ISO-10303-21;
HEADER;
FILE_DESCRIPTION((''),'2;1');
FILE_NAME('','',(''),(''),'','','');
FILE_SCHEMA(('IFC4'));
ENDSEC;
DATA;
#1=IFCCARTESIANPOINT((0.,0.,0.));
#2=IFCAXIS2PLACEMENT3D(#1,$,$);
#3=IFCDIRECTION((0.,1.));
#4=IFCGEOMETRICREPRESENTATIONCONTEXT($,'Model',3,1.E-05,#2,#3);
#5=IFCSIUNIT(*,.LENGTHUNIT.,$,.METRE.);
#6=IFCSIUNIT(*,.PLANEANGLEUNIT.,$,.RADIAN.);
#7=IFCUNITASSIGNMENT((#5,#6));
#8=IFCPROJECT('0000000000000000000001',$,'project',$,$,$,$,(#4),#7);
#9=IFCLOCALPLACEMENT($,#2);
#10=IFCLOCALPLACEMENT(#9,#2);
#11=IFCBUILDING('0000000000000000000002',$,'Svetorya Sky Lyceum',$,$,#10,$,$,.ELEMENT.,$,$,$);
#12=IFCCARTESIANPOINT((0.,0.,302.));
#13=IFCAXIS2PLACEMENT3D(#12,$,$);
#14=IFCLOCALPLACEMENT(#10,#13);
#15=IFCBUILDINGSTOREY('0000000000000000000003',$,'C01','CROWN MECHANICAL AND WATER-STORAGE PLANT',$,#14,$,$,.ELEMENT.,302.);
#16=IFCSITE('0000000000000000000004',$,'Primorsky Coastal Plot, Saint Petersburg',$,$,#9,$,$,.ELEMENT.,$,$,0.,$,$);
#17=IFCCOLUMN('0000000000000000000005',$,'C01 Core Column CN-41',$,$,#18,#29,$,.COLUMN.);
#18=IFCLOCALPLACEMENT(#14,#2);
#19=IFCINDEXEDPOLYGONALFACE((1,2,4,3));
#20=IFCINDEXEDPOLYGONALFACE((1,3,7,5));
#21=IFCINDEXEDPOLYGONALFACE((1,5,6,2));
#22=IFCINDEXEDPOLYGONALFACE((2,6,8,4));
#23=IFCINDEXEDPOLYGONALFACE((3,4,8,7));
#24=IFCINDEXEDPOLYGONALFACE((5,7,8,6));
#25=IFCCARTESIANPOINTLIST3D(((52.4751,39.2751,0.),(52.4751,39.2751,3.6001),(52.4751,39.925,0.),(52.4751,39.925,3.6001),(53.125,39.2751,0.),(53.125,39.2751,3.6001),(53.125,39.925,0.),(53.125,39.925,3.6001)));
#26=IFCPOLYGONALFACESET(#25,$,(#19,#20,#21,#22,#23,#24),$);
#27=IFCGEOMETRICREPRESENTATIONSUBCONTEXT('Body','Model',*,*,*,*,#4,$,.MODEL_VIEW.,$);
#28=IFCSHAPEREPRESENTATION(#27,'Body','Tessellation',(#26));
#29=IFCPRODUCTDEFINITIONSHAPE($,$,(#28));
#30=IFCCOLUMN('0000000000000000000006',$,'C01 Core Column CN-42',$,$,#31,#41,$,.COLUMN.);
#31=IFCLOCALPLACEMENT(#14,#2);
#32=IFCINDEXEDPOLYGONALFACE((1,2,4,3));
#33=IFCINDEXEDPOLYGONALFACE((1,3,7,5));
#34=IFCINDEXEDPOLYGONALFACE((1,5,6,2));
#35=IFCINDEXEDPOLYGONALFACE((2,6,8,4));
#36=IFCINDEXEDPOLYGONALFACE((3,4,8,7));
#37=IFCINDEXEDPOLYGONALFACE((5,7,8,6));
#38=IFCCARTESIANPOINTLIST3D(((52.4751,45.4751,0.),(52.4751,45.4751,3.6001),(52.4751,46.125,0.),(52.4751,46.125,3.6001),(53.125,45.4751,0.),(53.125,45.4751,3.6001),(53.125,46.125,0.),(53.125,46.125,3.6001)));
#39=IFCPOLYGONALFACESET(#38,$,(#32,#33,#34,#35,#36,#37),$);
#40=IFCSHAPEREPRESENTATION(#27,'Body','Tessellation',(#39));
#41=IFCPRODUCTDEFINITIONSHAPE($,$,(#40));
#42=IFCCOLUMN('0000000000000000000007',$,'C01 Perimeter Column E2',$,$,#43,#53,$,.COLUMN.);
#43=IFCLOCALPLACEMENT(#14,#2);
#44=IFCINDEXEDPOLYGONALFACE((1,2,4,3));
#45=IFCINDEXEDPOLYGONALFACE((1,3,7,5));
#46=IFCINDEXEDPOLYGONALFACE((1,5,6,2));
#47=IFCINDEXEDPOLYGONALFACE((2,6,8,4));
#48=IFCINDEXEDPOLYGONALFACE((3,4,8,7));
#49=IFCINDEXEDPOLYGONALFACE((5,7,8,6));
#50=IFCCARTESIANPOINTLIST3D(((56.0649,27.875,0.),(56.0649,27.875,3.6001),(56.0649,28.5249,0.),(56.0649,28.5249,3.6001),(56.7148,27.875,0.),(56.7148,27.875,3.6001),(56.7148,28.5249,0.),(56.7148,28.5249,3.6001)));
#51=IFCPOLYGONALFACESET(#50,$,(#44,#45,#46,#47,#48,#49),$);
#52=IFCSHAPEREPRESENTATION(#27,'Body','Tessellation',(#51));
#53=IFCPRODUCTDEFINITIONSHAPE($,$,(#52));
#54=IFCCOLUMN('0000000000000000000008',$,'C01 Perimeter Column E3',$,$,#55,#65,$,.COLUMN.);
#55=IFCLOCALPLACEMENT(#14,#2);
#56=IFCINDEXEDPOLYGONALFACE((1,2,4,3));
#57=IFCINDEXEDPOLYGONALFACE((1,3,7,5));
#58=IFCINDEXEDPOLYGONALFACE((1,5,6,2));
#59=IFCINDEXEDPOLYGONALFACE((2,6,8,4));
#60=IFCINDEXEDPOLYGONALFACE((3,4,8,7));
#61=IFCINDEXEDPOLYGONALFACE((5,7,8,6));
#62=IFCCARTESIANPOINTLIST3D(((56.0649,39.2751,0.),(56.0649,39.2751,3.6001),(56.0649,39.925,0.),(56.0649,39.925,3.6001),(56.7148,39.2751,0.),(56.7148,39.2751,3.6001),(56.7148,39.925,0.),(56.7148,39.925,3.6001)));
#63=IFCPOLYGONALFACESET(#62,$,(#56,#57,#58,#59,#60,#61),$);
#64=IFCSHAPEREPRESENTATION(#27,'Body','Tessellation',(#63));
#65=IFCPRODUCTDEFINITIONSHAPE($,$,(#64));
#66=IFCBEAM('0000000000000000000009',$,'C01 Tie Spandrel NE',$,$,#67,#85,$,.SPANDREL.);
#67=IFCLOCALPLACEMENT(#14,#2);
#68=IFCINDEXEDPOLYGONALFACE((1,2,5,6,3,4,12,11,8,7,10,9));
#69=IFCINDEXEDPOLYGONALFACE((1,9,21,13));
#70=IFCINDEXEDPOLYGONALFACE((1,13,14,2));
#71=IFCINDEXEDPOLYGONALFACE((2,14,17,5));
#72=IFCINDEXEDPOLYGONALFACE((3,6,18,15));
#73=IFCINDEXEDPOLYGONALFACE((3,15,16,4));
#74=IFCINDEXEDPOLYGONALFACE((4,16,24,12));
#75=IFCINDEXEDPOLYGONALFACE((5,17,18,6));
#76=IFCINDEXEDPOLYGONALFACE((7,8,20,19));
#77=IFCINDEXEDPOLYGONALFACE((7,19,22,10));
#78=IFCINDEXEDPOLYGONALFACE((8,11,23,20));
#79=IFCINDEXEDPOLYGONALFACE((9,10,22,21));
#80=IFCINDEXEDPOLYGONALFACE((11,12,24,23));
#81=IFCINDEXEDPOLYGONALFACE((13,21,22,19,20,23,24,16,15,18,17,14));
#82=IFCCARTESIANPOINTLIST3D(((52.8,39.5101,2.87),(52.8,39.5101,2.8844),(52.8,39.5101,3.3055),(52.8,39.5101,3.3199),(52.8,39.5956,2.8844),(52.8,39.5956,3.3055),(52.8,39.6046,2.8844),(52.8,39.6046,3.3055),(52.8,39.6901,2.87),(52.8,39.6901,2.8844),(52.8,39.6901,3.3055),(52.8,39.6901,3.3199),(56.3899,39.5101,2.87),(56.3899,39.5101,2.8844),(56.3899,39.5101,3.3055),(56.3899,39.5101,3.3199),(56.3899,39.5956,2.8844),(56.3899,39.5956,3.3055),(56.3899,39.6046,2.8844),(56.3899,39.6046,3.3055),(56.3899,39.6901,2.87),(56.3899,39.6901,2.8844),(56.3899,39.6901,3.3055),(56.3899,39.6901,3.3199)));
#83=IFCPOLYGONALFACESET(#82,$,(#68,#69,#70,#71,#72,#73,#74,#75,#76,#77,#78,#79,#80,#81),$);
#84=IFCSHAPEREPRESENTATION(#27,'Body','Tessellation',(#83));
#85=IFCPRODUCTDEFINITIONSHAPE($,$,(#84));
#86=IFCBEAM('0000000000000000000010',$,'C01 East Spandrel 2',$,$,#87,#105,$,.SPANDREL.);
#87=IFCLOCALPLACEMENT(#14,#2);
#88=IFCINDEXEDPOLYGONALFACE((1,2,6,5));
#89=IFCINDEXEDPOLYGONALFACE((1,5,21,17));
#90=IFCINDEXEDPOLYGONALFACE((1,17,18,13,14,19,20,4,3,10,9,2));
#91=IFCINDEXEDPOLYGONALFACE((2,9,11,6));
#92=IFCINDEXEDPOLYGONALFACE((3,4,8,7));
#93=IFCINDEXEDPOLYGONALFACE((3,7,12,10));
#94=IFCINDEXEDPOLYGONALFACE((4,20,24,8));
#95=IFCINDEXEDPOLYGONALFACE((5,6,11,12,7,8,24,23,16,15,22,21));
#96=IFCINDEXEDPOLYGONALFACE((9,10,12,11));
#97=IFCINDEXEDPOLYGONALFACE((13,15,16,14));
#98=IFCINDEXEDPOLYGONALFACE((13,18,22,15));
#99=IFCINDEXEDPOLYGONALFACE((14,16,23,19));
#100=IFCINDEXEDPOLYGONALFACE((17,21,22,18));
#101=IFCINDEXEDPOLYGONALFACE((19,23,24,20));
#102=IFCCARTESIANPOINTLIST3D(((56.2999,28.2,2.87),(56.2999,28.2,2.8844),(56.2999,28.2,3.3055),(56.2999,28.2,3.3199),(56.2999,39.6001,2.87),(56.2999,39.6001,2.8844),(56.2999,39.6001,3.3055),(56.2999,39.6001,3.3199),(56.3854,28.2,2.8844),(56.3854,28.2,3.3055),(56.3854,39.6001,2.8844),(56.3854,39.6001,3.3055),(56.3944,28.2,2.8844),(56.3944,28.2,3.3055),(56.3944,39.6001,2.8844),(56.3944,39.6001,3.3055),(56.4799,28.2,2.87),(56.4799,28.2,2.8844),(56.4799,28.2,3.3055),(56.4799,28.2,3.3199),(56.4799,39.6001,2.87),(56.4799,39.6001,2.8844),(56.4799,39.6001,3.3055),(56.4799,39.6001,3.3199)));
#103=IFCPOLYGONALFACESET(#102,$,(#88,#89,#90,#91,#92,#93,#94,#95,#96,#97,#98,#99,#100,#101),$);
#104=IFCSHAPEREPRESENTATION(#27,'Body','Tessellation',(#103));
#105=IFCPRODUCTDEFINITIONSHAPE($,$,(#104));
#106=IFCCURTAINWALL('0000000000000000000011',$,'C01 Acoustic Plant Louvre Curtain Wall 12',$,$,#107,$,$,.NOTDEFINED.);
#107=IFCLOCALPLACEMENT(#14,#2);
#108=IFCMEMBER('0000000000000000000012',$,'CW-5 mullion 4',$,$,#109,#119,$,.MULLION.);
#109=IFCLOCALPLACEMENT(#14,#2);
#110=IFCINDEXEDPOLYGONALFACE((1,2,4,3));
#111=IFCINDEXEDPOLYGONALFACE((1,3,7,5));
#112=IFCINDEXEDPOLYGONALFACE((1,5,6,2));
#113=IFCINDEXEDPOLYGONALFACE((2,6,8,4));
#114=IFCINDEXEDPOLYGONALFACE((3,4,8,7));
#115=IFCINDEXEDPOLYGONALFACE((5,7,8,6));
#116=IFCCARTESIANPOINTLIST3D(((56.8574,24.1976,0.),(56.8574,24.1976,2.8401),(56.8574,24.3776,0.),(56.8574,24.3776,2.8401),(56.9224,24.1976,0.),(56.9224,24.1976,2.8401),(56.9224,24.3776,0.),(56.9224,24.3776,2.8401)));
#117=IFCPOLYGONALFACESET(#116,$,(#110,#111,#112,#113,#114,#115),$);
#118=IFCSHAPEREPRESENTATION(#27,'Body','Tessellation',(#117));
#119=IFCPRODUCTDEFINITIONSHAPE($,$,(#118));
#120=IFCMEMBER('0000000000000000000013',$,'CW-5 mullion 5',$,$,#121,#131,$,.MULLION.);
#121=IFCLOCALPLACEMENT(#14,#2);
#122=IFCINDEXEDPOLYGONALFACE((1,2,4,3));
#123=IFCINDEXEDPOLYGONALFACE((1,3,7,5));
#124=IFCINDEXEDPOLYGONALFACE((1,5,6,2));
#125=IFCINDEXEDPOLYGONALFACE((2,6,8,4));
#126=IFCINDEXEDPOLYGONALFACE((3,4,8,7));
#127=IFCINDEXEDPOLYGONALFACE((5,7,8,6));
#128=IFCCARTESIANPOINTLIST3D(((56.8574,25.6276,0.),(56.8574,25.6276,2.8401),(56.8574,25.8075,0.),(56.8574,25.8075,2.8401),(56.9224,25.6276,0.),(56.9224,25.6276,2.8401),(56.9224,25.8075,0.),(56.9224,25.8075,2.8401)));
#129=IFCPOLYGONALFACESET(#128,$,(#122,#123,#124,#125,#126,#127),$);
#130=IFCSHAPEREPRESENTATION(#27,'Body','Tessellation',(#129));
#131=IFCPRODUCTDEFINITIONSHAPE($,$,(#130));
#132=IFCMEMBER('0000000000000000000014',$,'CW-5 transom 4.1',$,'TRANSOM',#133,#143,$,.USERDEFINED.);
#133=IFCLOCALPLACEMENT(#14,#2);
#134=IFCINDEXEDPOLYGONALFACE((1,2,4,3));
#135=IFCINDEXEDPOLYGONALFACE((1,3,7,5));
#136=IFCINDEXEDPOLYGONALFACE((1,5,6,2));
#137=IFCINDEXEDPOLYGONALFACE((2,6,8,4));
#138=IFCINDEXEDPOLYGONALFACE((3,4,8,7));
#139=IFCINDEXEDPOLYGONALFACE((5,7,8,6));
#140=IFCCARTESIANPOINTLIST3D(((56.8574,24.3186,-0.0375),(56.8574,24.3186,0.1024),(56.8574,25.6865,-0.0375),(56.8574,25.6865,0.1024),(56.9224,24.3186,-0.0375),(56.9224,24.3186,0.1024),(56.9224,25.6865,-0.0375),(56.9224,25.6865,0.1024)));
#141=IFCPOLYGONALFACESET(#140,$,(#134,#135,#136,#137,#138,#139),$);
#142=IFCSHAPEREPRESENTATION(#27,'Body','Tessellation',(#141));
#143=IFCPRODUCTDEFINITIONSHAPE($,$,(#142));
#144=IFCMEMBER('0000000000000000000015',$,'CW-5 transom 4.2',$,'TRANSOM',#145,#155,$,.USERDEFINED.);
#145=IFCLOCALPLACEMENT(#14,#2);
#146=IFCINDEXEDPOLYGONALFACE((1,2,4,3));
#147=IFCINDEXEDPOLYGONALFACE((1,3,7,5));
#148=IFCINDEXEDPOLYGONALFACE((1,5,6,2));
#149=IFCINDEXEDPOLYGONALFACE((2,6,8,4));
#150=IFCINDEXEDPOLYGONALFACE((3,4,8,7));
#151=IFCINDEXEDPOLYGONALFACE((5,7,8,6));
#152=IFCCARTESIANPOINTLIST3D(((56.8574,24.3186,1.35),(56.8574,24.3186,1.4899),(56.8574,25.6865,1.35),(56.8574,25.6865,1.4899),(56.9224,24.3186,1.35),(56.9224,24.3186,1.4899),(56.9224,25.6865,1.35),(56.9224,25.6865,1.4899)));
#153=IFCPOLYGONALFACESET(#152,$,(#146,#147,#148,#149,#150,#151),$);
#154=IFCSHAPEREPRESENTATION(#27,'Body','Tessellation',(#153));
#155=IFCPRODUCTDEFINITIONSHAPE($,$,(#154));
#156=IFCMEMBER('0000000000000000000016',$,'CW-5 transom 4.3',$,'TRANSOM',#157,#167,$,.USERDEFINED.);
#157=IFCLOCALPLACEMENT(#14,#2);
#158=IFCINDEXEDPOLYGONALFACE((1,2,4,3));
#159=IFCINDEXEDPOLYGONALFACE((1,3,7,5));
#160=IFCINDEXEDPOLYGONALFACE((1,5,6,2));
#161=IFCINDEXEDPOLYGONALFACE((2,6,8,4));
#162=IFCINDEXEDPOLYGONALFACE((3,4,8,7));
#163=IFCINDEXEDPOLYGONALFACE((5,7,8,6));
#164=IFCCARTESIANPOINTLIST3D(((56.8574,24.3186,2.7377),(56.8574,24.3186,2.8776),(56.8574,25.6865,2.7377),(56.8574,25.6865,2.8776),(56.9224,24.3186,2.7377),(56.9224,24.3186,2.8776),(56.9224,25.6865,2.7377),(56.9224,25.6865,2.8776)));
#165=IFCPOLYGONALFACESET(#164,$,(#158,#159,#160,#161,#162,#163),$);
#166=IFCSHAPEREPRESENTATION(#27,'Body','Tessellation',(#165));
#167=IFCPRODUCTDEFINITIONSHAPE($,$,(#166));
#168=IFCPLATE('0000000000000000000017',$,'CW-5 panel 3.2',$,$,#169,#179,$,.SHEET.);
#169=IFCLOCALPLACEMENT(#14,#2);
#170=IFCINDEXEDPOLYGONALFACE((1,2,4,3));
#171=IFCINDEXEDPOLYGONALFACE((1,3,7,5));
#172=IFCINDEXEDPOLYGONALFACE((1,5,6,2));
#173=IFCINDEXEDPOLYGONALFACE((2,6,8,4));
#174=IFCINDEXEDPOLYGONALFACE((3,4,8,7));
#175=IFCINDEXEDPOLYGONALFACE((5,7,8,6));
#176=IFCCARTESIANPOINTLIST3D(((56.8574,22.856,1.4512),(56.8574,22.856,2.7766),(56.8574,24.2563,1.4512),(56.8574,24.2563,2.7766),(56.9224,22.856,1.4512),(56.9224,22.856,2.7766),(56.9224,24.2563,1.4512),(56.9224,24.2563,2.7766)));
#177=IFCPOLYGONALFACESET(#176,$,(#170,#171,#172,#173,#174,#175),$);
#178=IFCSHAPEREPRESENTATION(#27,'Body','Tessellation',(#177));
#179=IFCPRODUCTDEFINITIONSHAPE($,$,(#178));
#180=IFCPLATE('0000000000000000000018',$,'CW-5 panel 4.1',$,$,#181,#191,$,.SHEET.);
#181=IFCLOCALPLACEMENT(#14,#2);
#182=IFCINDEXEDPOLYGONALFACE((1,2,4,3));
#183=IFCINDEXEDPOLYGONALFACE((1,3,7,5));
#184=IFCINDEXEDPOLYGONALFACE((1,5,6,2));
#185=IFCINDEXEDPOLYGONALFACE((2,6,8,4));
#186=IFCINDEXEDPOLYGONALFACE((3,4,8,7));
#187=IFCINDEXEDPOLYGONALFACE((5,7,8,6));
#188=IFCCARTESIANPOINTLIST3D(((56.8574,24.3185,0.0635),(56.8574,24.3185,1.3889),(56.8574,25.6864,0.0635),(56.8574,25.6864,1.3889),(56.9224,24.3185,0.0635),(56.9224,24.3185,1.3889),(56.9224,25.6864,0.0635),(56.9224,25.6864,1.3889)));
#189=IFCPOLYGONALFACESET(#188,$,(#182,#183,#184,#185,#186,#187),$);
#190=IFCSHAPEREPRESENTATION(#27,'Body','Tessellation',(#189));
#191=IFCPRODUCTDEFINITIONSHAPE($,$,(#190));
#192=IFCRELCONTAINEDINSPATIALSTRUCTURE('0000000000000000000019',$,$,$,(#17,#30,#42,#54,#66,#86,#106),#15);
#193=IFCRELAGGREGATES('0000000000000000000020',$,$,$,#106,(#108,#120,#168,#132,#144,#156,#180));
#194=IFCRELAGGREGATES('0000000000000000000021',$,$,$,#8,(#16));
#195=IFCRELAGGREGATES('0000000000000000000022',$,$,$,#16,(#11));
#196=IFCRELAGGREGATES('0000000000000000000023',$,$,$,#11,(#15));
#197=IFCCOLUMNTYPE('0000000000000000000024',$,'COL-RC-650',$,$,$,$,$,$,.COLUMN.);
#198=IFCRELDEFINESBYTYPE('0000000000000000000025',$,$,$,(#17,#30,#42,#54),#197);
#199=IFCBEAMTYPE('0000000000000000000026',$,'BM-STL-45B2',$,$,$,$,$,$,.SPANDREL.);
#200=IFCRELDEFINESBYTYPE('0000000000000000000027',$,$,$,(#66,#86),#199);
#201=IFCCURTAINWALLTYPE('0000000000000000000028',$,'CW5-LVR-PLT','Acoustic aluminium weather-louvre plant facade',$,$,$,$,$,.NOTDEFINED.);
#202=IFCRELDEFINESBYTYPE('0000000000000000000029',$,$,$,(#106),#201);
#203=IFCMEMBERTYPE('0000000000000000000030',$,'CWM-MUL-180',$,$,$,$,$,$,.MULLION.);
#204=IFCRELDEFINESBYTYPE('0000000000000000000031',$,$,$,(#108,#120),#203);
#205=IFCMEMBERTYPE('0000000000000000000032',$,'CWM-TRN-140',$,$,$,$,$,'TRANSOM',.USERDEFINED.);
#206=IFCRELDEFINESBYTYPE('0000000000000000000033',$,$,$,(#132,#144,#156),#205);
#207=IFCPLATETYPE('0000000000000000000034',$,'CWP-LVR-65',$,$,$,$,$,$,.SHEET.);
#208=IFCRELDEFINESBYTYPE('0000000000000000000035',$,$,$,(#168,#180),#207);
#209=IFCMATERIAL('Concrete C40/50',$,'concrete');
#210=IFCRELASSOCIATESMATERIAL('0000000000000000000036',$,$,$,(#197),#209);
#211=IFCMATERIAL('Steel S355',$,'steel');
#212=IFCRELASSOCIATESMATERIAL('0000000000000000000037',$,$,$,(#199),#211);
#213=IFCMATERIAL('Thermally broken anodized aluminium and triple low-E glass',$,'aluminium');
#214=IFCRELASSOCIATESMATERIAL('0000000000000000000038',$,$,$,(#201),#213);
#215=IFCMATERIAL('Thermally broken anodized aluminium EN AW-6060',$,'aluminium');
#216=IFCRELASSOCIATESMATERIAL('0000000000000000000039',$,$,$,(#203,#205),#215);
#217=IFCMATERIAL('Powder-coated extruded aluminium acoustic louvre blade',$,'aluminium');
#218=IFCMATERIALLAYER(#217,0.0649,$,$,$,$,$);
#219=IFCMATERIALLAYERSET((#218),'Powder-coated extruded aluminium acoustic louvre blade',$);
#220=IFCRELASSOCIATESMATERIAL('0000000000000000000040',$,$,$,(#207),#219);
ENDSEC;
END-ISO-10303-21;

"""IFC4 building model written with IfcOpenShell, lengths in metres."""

from ifc_helpers import new_model, si_unit, direction, frame, origin, origin_2d, place, context, subcontext, project, spatial, rectangle, i_section, extrude, material, layer, layer_set, material_profile, profile_set, type_object, element, aggregate, save


model = new_model("IFC4")

# Units and contexts
model_context = context("Model", 3, precision=1e-05, world=origin(), true_north=direction((0.0, 1.0)))
body_context = subcontext(model_context, "Body", "Model", "MODEL_VIEW")
ifc_project = project(units=[si_unit("LENGTHUNIT", "METRE"), si_unit("PLANEANGLEUNIT", "RADIAN")], contexts=[model_context])

# Site, building, storey
site_placement = place(None, origin())
site = spatial("IfcSite", under=ifc_project, at=site_placement, Name="Primorsky Coastal Plot, Saint Petersburg", CompositionType="ELEMENT", RefElevation=0.0)
building_placement = place(site_placement, origin())
building = spatial("IfcBuilding", under=site, at=building_placement, Name="Svetorya Sky Lyceum", CompositionType="ELEMENT")
storey_placement = place(building_placement, frame((0.0, 0.0, 302.0)))
storey = spatial("IfcBuildingStorey", under=building, at=storey_placement, Name="C01", Description="CROWN MECHANICAL AND WATER-STORAGE PLANT", CompositionType="ELEMENT", Elevation=302.0)

# Columns
ifc_material_1 = material(Name="Concrete C40/50", Category="concrete")
ifc_material_profile_1 = material_profile(ifc_material_1, rectangle(XDim=0.6499, YDim=0.6499, at=origin_2d()), Name="RC COL 650x650")
ifc_profile_set_1 = profile_set([ifc_material_profile_1], Name="Concrete C40/50")
column_type = type_object("IfcColumnType", Name="COL-RC-650", PredefinedType="COLUMN", material=ifc_profile_set_1)
for number, where, z_axis, x_axis, name in (
    (1, (52.8, 39.6001, 0.0), (0.0, 0.0, 1.0), (1.0, 0.0, 0.0), "C01 Core Column CN-41"),
    (2, (52.8, 45.8, 0.0), (0.0, 0.0, 1.0), (1.0, 0.0, 0.0), "C01 Core Column CN-42"),
    (3, (56.3899, 28.2, 0.0), (0.0, 0.0, 1.0), (1.0, 0.0, 0.0), "C01 Perimeter Column E2"),
    (4, (56.3899, 39.6001, 0.0), (0.0, 0.0, 1.0), (1.0, 0.0, 0.0), "C01 Perimeter Column E3"),
):
    element("IfcColumn", number, at=place(storey_placement, frame(where, z_axis=z_axis, x_axis=x_axis)), inside=storey, type_object=column_type, Name=name, PredefinedType="COLUMN", context=body_context, shape_type="SweptSolid", body=[
        extrude(rectangle(XDim=0.6499, YDim=0.6499, at=origin_2d()), origin(), (0.0, 0.0, 1.0), 3.6001),
    ])

# Beams
ifc_material_2 = material(Name="Steel S355", Category="steel")
ifc_material_profile_2 = material_profile(ifc_material_2, i_section(OverallWidth=0.1799, OverallDepth=0.45, WebThickness=0.009, FlangeThickness=0.0144, at=origin_2d()), Name="GOST 45B2")
ifc_profile_set_2 = profile_set([ifc_material_profile_2], Name="Steel S355")
beam_type = type_object("IfcBeamType", Name="BM-STL-45B2", PredefinedType="SPANDREL", material=ifc_profile_set_2)
beam_1_placement = place(storey_placement, frame((52.8, 39.6001, 3.095), z_axis=(1.0, 0.0, 0.0), x_axis=(0.0, 1.0, 0.0)))
element("IfcBeam", 5, at=beam_1_placement, inside=storey, type_object=beam_type, Name="C01 Tie Spandrel NE", PredefinedType="SPANDREL", context=body_context, shape_type="SweptSolid", body=[
    extrude(i_section(OverallWidth=0.1799, OverallDepth=0.45, WebThickness=0.009, FlangeThickness=0.0144, at=origin_2d()), origin(), (0.0, 0.0, 1.0), 3.5898),
])
beam_2_placement = place(storey_placement, frame((56.3899, 28.2, 3.095), z_axis=(0.0, 1.0, 0.0), x_axis=(-1.0, 0.0, 0.0)))
element("IfcBeam", 6, at=beam_2_placement, inside=storey, type_object=beam_type, Name="C01 East Spandrel 2", PredefinedType="SPANDREL", context=body_context, shape_type="SweptSolid", body=[
    extrude(i_section(OverallWidth=0.1799, OverallDepth=0.45, WebThickness=0.009, FlangeThickness=0.0144, at=origin_2d()), origin(), (0.0, 0.0, 1.0), 11.4001),
])

# Curtain wall, members, plates
ifc_material_3 = material(Name="Thermally broken anodized aluminium and triple low-E glass", Category="aluminium")
curtain_wall_type = type_object("IfcCurtainWallType", Name="CW5-LVR-PLT", Description="Acoustic aluminium weather-louvre plant facade", PredefinedType="NOTDEFINED", material=ifc_material_3)
curtain_wall_placement = place(storey_placement, origin())
curtain_wall = element("IfcCurtainWall", 7, at=curtain_wall_placement, inside=storey, type_object=curtain_wall_type, Name="C01 Acoustic Plant Louvre Curtain Wall 12", PredefinedType="NOTDEFINED")
ifc_material_4 = material(Name="Thermally broken anodized aluminium EN AW-6060", Category="aluminium")
ifc_material_profile_3 = material_profile(ifc_material_4, rectangle(XDim=0.0649, YDim=0.1799, at=origin_2d()), Name="ALU MULLION 65x180")
ifc_profile_set_3 = profile_set([ifc_material_profile_3], Name="Thermally broken anodized aluminium EN AW-6060")
member_type_1 = type_object("IfcMemberType", Name="CWM-MUL-180", PredefinedType="MULLION", material=ifc_profile_set_3)
member_1_placement = place(storey_placement, frame((56.8899, 24.2876, 0.0), z_axis=(0.0, 0.0, 1.0), x_axis=(-1.0, 0.0, 0.0)))
member_1 = element("IfcMember", 8, at=member_1_placement, type_object=member_type_1, Name="CW-5 mullion 4", PredefinedType="MULLION", context=body_context, shape_type="SweptSolid", body=[
    extrude(rectangle(XDim=0.0649, YDim=0.1799, at=origin_2d()), origin(), (0.0, 0.0, 1.0), 2.8401),
])
member_2_placement = place(storey_placement, frame((56.8899, 25.7175, 0.0), z_axis=(0.0, 0.0, 1.0), x_axis=(-1.0, 0.0, 0.0)))
member_2 = element("IfcMember", 9, at=member_2_placement, type_object=member_type_1, Name="CW-5 mullion 5", PredefinedType="MULLION", context=body_context, shape_type="SweptSolid", body=[
    extrude(rectangle(XDim=0.0649, YDim=0.1799, at=origin_2d()), origin(), (0.0, 0.0, 1.0), 2.8401),
])
ifc_material_profile_4 = material_profile(ifc_material_4, rectangle(XDim=0.0649, YDim=0.1399, at=origin_2d()), Name="ALU TRANSOM 65x140")
ifc_profile_set_4 = profile_set([ifc_material_profile_4], Name="Thermally broken anodized aluminium EN AW-6060")
member_type_2 = type_object("IfcMemberType", Name="CWM-TRN-140", ElementType="TRANSOM", PredefinedType="USERDEFINED", material=ifc_profile_set_4)
member_3_placement = place(storey_placement, frame((56.8899, 24.3186, 0.0325), z_axis=(0.0, 1.0, 0.0), x_axis=(-1.0, 0.0, 0.0)))
member_3 = element("IfcMember", 10, at=member_3_placement, type_object=member_type_2, Name="CW-5 transom 4.1", ObjectType="TRANSOM", PredefinedType="USERDEFINED", context=body_context, shape_type="SweptSolid", body=[
    extrude(rectangle(XDim=0.0649, YDim=0.1399, at=origin_2d()), origin(), (0.0, 0.0, 1.0), 1.3679),
])
member_4_placement = place(storey_placement, frame((56.8899, 24.3186, 1.4199), z_axis=(0.0, 1.0, 0.0), x_axis=(-1.0, 0.0, 0.0)))
member_4 = element("IfcMember", 11, at=member_4_placement, type_object=member_type_2, Name="CW-5 transom 4.2", ObjectType="TRANSOM", PredefinedType="USERDEFINED", context=body_context, shape_type="SweptSolid", body=[
    extrude(rectangle(XDim=0.0649, YDim=0.1399, at=origin_2d()), origin(), (0.0, 0.0, 1.0), 1.3679),
])
member_5_placement = place(storey_placement, frame((56.8899, 24.3186, 2.8076), z_axis=(0.0, 1.0, 0.0), x_axis=(-1.0, 0.0, 0.0)))
member_5 = element("IfcMember", 12, at=member_5_placement, type_object=member_type_2, Name="CW-5 transom 4.3", ObjectType="TRANSOM", PredefinedType="USERDEFINED", context=body_context, shape_type="SweptSolid", body=[
    extrude(rectangle(XDim=0.0649, YDim=0.1399, at=origin_2d()), origin(), (0.0, 0.0, 1.0), 1.3679),
])
ifc_material_5 = material(Name="Powder-coated extruded aluminium acoustic louvre blade", Category="aluminium")
ifc_layer_1 = layer(ifc_material_5, 0.0649)
ifc_layer_set_1 = layer_set([ifc_layer_1], Name="Powder-coated extruded aluminium acoustic louvre blade")
plate_type = type_object("IfcPlateType", Name="CWP-LVR-65", PredefinedType="SHEET", material=ifc_layer_set_1)
plate_1_placement = place(storey_placement, frame((56.8899, 23.5562, 1.4512), z_axis=(0.0, 0.0, 1.0), x_axis=(0.0, 1.0, 0.0)))
plate_1 = element("IfcPlate", 13, at=plate_1_placement, type_object=plate_type, Name="CW-5 panel 3.2", PredefinedType="SHEET", context=body_context, shape_type="SweptSolid", body=[
    extrude(rectangle(XDim=1.4004, YDim=0.0649, at=origin_2d()), origin(), (0.0, 0.0, 1.0), 1.3254),
])
plate_2_placement = place(storey_placement, frame((56.8899, 25.0024, 0.0635), z_axis=(0.0, 0.0, 1.0), x_axis=(0.0, 1.0, 0.0)))
plate_2 = element("IfcPlate", 14, at=plate_2_placement, type_object=plate_type, Name="CW-5 panel 4.1", PredefinedType="SHEET", context=body_context, shape_type="SweptSolid", body=[
    extrude(rectangle(XDim=1.3679, YDim=0.0649, at=origin_2d()), origin(), (0.0, 0.0, 1.0), 1.3254),
])
aggregate(curtain_wall, [member_1, member_2, plate_1, member_3, member_4, member_5, plate_2])

save(model, "model.ifc")
